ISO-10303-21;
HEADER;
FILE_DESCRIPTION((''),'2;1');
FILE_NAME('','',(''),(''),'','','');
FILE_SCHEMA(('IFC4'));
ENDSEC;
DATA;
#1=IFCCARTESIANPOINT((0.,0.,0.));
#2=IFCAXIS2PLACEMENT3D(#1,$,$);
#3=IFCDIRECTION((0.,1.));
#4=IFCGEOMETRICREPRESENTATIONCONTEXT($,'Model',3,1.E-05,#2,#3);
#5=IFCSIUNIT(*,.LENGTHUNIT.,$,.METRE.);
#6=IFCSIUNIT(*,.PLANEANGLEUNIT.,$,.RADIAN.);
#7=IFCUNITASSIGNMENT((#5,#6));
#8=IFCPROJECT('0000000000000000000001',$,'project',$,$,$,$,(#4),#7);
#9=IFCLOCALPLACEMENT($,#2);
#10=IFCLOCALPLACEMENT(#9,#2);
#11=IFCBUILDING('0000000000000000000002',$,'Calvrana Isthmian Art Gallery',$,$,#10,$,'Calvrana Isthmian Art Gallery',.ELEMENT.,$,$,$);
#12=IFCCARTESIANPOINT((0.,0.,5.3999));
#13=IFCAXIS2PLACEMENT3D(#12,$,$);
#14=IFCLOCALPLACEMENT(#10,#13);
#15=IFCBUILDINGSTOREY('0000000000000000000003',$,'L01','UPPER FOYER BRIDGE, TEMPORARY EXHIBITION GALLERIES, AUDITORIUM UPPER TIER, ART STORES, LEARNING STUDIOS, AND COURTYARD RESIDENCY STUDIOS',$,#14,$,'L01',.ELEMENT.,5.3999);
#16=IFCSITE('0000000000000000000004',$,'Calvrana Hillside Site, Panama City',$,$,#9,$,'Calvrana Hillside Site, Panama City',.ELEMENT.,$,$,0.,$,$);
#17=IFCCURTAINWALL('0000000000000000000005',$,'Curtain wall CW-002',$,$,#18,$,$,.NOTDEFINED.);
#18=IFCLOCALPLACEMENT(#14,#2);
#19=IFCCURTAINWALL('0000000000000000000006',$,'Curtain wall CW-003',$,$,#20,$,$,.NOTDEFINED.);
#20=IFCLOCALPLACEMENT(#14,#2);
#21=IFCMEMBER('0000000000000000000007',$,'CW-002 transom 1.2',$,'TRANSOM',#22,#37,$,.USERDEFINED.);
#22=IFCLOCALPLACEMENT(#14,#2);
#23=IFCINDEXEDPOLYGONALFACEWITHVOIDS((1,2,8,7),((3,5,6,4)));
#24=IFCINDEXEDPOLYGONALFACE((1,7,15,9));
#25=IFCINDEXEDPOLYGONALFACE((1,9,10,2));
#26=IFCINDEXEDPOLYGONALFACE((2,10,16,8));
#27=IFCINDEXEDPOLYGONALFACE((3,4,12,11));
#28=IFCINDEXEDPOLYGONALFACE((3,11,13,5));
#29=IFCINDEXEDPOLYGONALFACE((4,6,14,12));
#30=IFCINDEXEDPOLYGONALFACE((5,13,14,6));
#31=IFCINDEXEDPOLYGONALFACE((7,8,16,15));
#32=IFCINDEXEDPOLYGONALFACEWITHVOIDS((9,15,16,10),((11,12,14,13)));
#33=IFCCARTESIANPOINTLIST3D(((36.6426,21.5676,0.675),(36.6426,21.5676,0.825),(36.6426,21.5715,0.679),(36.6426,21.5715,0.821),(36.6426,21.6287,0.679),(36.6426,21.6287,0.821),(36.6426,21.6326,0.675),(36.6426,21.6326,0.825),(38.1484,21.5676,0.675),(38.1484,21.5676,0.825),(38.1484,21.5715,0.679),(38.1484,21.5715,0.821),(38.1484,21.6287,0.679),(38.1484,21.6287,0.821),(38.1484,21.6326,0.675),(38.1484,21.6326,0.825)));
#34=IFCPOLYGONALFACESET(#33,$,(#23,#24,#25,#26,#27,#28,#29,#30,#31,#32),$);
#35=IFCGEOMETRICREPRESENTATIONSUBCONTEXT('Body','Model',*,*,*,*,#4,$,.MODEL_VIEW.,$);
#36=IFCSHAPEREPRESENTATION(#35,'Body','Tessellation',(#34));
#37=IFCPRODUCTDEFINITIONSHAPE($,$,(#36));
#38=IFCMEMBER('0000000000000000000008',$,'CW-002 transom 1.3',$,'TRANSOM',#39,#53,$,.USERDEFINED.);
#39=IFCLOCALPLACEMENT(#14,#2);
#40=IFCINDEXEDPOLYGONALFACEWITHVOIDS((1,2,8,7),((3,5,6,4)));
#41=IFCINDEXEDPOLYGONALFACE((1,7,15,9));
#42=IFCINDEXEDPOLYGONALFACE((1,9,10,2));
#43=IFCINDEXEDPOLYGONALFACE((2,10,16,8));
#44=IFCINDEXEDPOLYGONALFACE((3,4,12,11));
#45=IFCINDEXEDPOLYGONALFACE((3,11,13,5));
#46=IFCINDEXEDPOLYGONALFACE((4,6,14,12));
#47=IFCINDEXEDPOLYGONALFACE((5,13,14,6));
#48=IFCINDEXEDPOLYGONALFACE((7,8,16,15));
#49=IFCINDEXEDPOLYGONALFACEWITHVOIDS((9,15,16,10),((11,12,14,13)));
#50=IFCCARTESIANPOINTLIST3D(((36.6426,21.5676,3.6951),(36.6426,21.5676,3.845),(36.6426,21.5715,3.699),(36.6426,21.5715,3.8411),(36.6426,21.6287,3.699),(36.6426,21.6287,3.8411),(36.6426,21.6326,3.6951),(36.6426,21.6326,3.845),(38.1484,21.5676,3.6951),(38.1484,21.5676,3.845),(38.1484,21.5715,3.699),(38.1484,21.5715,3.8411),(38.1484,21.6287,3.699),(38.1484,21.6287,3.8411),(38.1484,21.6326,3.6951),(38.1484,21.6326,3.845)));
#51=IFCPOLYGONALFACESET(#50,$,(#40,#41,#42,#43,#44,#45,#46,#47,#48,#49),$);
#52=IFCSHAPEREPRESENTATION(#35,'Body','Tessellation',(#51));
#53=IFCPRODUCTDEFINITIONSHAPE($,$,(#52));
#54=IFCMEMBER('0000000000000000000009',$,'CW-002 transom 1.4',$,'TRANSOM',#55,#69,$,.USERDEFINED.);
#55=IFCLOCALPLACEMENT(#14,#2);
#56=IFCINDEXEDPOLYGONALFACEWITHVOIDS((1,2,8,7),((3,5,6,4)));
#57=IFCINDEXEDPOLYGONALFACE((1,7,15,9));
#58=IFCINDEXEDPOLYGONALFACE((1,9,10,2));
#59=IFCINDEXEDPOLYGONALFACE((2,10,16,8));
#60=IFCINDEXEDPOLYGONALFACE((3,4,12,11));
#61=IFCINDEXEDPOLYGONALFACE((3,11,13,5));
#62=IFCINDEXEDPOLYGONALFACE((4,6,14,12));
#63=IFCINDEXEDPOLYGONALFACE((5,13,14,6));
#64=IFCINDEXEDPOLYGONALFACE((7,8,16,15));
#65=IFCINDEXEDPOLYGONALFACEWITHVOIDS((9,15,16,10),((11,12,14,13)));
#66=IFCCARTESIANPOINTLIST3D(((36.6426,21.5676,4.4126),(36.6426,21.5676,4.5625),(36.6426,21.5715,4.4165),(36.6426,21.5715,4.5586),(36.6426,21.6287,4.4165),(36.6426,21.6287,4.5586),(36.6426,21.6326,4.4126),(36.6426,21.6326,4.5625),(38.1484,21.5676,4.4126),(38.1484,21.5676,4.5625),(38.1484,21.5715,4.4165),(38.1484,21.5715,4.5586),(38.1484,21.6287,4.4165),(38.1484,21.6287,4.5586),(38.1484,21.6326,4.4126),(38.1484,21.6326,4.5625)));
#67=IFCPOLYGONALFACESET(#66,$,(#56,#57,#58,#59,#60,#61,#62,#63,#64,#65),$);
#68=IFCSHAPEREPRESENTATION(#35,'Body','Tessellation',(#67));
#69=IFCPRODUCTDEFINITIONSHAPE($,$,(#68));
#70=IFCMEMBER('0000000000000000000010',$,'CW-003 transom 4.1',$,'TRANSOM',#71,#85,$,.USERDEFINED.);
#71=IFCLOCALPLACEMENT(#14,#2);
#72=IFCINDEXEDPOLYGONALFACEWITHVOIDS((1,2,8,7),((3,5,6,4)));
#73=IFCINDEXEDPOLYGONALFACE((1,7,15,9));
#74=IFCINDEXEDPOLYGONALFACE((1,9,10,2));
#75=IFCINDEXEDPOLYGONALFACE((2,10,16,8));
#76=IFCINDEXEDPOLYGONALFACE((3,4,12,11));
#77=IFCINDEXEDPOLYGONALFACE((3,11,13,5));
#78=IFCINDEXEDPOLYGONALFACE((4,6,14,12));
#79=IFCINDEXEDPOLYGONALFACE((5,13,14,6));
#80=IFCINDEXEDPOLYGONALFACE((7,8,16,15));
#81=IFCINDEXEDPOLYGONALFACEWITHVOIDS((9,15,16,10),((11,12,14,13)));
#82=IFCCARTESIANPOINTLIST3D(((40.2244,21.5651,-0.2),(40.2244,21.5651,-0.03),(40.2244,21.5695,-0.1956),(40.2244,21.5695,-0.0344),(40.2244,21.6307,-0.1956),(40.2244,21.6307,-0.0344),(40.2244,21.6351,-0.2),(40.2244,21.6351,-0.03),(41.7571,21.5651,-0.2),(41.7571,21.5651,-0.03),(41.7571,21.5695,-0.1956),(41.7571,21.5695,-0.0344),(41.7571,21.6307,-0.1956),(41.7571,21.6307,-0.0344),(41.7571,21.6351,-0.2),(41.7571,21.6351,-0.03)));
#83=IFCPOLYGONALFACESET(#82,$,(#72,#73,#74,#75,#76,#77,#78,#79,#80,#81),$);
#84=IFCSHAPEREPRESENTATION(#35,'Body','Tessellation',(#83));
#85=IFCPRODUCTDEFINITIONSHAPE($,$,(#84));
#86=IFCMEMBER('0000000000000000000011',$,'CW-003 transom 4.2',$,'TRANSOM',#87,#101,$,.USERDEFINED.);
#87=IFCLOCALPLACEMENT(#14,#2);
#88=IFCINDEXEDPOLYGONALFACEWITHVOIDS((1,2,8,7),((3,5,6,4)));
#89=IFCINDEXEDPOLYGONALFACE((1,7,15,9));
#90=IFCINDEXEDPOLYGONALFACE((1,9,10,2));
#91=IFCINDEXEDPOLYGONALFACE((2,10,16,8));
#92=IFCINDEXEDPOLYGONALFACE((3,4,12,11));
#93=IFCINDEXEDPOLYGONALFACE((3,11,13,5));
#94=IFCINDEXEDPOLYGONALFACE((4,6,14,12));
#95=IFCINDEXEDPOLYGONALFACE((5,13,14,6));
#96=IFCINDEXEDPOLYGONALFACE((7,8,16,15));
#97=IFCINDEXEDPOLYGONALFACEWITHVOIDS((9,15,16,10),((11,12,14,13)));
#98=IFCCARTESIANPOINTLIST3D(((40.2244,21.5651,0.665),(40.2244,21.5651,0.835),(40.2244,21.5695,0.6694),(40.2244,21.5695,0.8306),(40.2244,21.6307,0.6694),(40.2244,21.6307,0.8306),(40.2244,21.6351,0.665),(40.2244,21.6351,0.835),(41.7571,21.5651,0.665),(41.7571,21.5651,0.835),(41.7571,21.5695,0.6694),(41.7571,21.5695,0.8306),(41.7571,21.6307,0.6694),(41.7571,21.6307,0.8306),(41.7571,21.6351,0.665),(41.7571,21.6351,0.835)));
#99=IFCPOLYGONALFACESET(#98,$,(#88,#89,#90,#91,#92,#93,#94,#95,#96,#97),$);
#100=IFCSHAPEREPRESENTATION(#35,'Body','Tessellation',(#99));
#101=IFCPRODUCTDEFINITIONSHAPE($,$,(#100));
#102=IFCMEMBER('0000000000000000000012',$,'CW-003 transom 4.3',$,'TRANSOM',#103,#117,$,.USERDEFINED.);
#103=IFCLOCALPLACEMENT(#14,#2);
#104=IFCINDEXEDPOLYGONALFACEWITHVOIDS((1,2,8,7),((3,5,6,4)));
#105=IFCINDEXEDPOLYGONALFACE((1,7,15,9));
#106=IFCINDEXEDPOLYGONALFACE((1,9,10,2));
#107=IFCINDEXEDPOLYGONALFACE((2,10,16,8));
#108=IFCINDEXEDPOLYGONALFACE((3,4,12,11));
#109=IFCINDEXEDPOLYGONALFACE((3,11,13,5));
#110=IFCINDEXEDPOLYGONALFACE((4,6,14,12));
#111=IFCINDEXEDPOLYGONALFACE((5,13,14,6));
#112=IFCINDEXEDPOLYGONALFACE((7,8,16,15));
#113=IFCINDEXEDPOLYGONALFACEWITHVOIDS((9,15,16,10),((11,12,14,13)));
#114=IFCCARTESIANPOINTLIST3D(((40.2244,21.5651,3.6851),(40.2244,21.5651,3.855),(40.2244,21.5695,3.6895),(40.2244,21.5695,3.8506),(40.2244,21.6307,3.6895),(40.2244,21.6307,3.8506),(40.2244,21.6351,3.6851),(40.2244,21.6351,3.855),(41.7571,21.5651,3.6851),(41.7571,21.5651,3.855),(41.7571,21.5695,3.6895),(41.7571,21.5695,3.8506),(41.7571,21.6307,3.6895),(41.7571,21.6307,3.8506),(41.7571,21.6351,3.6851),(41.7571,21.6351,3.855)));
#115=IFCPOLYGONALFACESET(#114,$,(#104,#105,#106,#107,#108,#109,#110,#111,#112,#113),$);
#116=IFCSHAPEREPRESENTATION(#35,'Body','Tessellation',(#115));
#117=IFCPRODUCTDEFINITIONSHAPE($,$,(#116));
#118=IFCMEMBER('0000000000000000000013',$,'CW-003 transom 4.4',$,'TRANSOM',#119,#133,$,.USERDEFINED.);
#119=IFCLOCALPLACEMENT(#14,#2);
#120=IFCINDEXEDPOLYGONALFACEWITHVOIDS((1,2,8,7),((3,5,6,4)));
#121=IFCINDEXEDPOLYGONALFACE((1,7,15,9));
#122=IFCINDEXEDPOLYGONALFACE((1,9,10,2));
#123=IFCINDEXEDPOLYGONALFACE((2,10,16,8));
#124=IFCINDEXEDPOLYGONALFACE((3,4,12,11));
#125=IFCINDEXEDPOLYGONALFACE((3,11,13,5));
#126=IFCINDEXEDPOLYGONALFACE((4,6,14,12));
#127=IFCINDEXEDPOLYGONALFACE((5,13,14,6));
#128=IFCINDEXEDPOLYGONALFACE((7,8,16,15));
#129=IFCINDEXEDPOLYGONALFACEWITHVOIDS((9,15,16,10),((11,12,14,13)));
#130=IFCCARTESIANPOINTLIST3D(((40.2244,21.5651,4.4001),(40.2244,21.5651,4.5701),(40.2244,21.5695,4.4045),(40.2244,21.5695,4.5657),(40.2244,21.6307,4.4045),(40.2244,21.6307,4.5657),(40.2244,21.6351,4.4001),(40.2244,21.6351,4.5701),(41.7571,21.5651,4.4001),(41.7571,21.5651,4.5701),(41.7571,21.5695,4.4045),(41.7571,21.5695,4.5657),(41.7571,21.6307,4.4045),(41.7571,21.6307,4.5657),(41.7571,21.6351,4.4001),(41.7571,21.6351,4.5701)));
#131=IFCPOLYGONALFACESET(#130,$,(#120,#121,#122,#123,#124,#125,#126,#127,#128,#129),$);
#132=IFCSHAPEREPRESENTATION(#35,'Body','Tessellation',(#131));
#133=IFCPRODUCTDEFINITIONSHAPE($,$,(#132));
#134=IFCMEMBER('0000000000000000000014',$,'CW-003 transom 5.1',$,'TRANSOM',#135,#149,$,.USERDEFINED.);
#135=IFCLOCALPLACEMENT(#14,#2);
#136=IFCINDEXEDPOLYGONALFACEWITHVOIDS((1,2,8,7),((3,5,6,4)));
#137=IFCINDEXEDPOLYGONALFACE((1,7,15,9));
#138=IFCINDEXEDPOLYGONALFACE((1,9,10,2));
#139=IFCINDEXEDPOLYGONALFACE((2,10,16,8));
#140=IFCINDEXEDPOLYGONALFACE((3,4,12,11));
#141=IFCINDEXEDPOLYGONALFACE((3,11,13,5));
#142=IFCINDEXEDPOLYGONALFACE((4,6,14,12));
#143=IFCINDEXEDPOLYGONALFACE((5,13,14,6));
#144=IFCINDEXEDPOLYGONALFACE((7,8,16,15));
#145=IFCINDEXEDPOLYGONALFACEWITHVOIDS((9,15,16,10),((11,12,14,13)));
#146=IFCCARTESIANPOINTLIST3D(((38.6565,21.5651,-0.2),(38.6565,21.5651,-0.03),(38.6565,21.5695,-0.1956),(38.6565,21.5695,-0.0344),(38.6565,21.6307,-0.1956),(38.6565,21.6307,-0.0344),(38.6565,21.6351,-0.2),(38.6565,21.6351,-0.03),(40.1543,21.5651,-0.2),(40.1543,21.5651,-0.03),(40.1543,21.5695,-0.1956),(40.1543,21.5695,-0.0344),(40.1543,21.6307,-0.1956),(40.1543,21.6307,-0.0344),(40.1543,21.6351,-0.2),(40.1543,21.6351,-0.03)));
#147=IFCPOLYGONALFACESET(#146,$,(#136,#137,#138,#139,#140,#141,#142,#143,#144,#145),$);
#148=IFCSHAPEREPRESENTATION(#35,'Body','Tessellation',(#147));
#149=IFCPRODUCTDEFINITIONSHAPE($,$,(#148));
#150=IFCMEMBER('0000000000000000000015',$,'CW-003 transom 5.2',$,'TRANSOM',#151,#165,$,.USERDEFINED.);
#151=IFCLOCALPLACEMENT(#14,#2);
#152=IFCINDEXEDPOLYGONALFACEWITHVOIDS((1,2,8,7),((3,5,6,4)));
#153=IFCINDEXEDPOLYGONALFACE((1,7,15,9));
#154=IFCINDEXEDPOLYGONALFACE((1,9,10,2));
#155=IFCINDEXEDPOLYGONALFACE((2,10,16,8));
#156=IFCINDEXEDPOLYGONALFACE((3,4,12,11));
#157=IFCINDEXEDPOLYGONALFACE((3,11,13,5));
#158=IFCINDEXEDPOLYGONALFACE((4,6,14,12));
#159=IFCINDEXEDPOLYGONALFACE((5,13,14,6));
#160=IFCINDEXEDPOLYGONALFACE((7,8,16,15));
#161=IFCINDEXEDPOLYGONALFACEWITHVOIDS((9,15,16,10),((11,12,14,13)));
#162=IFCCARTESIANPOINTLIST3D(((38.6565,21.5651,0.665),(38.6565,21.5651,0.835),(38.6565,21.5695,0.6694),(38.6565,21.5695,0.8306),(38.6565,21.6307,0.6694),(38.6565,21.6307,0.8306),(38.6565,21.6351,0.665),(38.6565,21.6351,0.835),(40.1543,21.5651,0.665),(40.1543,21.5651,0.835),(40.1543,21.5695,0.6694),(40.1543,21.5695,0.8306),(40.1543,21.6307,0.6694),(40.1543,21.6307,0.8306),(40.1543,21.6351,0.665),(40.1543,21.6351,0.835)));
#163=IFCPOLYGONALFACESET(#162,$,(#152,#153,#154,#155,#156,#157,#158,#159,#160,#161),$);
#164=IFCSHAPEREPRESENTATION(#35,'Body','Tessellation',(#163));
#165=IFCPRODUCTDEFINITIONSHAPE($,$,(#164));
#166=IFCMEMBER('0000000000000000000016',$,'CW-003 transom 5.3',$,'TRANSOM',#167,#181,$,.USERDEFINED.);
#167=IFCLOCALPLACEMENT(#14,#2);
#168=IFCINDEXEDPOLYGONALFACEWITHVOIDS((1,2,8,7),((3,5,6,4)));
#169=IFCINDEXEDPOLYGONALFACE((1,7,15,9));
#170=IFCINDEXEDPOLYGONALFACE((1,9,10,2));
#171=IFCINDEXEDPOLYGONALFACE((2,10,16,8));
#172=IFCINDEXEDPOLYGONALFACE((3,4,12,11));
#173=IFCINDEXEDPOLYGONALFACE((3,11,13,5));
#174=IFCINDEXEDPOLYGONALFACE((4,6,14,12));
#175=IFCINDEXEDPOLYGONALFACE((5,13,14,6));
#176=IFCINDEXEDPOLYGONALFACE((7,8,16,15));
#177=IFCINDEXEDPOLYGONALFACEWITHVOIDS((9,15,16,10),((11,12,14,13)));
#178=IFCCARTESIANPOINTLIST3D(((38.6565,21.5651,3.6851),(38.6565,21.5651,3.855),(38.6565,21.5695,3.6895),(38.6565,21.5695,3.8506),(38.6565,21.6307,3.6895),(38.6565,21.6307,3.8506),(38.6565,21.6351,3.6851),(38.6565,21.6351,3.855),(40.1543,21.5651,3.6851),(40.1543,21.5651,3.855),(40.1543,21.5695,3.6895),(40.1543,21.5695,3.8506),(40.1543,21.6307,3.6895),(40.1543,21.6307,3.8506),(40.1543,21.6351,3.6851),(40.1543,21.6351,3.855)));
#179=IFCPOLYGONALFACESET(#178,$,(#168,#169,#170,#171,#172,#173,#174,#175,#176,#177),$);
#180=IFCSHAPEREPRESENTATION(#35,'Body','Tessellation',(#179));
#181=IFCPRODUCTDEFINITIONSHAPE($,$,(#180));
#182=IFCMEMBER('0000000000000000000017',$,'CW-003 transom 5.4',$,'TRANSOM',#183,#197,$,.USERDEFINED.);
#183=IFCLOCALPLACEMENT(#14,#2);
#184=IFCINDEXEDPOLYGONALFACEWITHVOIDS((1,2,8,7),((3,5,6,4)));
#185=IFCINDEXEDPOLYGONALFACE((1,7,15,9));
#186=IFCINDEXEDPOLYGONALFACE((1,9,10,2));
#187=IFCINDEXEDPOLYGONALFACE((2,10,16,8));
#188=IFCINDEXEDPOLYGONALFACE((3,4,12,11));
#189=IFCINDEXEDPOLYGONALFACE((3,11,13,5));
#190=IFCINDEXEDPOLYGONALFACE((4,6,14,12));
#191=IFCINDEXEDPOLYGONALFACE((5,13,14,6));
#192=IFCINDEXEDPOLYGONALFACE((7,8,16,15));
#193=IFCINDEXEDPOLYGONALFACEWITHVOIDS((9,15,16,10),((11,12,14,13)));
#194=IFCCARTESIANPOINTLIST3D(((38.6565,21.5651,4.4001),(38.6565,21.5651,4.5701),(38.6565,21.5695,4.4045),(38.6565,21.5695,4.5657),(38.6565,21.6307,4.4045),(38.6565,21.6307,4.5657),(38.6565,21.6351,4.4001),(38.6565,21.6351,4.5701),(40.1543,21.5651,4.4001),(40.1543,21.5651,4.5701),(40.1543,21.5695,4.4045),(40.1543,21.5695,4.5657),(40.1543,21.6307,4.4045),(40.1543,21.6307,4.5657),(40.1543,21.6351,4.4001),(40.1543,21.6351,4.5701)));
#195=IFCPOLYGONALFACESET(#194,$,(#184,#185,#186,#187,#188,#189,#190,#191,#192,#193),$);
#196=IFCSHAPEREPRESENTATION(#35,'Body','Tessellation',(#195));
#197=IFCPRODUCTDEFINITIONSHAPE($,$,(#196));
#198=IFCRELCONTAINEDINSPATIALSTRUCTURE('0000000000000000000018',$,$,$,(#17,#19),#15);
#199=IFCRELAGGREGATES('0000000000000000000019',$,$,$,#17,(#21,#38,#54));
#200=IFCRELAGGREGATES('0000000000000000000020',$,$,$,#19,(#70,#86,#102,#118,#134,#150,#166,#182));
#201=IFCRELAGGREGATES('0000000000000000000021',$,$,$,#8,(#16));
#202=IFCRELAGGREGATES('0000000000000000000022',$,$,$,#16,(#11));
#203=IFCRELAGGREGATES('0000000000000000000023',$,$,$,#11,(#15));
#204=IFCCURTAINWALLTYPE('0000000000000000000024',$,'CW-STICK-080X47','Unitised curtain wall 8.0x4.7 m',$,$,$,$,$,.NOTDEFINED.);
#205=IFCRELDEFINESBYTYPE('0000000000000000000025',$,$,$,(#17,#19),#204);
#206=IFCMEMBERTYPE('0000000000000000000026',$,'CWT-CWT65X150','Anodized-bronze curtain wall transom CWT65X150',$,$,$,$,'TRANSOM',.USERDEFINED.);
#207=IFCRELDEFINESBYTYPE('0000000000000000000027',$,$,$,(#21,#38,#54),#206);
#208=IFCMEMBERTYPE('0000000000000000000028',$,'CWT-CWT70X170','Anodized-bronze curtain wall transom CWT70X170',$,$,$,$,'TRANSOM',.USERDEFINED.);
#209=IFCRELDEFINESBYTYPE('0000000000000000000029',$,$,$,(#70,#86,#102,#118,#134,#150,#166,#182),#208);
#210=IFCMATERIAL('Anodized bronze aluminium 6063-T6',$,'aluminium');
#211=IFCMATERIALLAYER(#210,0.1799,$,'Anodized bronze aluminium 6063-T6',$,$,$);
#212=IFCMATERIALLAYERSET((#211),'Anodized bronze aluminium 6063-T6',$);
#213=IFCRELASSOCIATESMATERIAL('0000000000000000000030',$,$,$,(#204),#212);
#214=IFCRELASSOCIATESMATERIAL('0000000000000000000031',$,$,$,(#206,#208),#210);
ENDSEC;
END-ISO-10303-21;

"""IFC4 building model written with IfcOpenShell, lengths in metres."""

from ifc_helpers import new_model, si_unit, direction, frame, origin, origin_2d, place, context, subcontext, project, spatial, hollow_rectangle, extrude, material, layer, layer_set, material_profile, profile_set, type_object, element, aggregate, save


model = new_model("IFC4")

# Units and contexts
model_context = context("Model", 3, precision=1e-05, world=origin(), true_north=direction((0.0, 1.0)))
body_context = subcontext(model_context, "Body", "Model", "MODEL_VIEW")
ifc_project = project(units=[si_unit("LENGTHUNIT", "METRE"), si_unit("PLANEANGLEUNIT", "RADIAN")], contexts=[model_context])

# Site, building, storey
site_placement = place(None, origin())
site = spatial("IfcSite", under=ifc_project, at=site_placement, Name="Calvrana Hillside Site, Panama City", LongName="Calvrana Hillside Site, Panama City", CompositionType="ELEMENT", RefElevation=0.0)
building_placement = place(site_placement, origin())
building = spatial("IfcBuilding", under=site, at=building_placement, Name="Calvrana Isthmian Art Gallery", LongName="Calvrana Isthmian Art Gallery", CompositionType="ELEMENT")
storey_placement = place(building_placement, frame((0.0, 0.0, 5.3999)))
storey = spatial("IfcBuildingStorey", under=building, at=storey_placement, Name="L01", Description="UPPER FOYER BRIDGE, TEMPORARY EXHIBITION GALLERIES, AUDITORIUM UPPER TIER, ART STORES, LEARNING STUDIOS, AND COURTYARD RESIDENCY STUDIOS", LongName="L01", CompositionType="ELEMENT", Elevation=5.3999)

# Curtain wall
ifc_material_1 = material(Name="Anodized bronze aluminium 6063-T6", Category="aluminium")
ifc_layer_1 = layer(ifc_material_1, 0.1799, Name="Anodized bronze aluminium 6063-T6")
ifc_layer_set_1 = layer_set([ifc_layer_1], Name="Anodized bronze aluminium 6063-T6")
curtain_wall_type = type_object("IfcCurtainWallType", Name="CW-STICK-080X47", Description="Unitised curtain wall 8.0x4.7 m", PredefinedType="NOTDEFINED", material=ifc_layer_set_1)
curtain_wall_1_placement = place(storey_placement, origin())
curtain_wall_1 = element("IfcCurtainWall", 1, at=curtain_wall_1_placement, inside=storey, type_object=curtain_wall_type, Name="Curtain wall CW-002", PredefinedType="NOTDEFINED")

# Curtain wall
curtain_wall_2_placement = place(storey_placement, origin())
curtain_wall_2 = element("IfcCurtainWall", 2, at=curtain_wall_2_placement, inside=storey, type_object=curtain_wall_type, Name="Curtain wall CW-003", PredefinedType="NOTDEFINED")

# Members
ifc_material_profile_1 = material_profile(ifc_material_1, hollow_rectangle(XDim=0.0649, YDim=0.1499, WallThickness=0.0039, at=origin_2d()), Name="CWT65X150")
ifc_profile_set_1 = profile_set([ifc_material_profile_1], Name="Anodized bronze aluminium 6063-T6")
member_type_1 = type_object("IfcMemberType", Name="CWT-CWT65X150", Description="Anodized-bronze curtain wall transom CWT65X150", ElementType="TRANSOM", PredefinedType="USERDEFINED", material=ifc_profile_set_1)
member_1_placement = place(storey_placement, frame((38.1484, 21.6001, 0.75), z_axis=(-1.0, 0.0, 0.0), x_axis=(0.0, -1.0, 0.0)))
member_1 = element("IfcMember", 3, at=member_1_placement, type_object=member_type_1, Name="CW-002 transom 1.2", ObjectType="TRANSOM", PredefinedType="USERDEFINED", context=body_context, shape_type="SweptSolid", body=[
    extrude(hollow_rectangle(XDim=0.0649, YDim=0.1499, WallThickness=0.0039, at=origin_2d()), origin(), (0.0, 0.0, 1.0), 1.5059),
])
member_2_placement = place(storey_placement, frame((38.1484, 21.6001, 3.77), z_axis=(-1.0, 0.0, 0.0), x_axis=(0.0, -1.0, 0.0)))
member_2 = element("IfcMember", 4, at=member_2_placement, type_object=member_type_1, Name="CW-002 transom 1.3", ObjectType="TRANSOM", PredefinedType="USERDEFINED", context=body_context, shape_type="SweptSolid", body=[
    extrude(hollow_rectangle(XDim=0.0649, YDim=0.1499, WallThickness=0.0039, at=origin_2d()), origin(), (0.0, 0.0, 1.0), 1.5059),
])
member_3_placement = place(storey_placement, frame((38.1484, 21.6001, 4.4875), z_axis=(-1.0, 0.0, 0.0), x_axis=(0.0, -1.0, 0.0)))
member_3 = element("IfcMember", 5, at=member_3_placement, type_object=member_type_1, Name="CW-002 transom 1.4", ObjectType="TRANSOM", PredefinedType="USERDEFINED", context=body_context, shape_type="SweptSolid", body=[
    extrude(hollow_rectangle(XDim=0.0649, YDim=0.1499, WallThickness=0.0039, at=origin_2d()), origin(), (0.0, 0.0, 1.0), 1.5059),
])
ifc_material_profile_2 = material_profile(ifc_material_1, hollow_rectangle(XDim=0.0701, YDim=0.1699, WallThickness=0.0044, at=origin_2d()), Name="CWT70X170")
ifc_profile_set_2 = profile_set([ifc_material_profile_2], Name="Anodized bronze aluminium 6063-T6")
member_type_2 = type_object("IfcMemberType", Name="CWT-CWT70X170", Description="Anodized-bronze curtain wall transom CWT70X170", ElementType="TRANSOM", PredefinedType="USERDEFINED", material=ifc_profile_set_2)
member_4_placement = place(storey_placement, frame((41.7571, 21.6001, -0.115), z_axis=(-1.0, 0.0, 0.0), x_axis=(0.0, -1.0, 0.0)))
member_4 = element("IfcMember", 6, at=member_4_placement, type_object=member_type_2, Name="CW-003 transom 4.1", ObjectType="TRANSOM", PredefinedType="USERDEFINED", context=body_context, shape_type="SweptSolid", body=[
    extrude(hollow_rectangle(XDim=0.0701, YDim=0.1699, WallThickness=0.0044, at=origin_2d()), origin(), (0.0, 0.0, 1.0), 1.5327),
])
member_5_placement = place(storey_placement, frame((41.7571, 21.6001, 0.75), z_axis=(-1.0, 0.0, 0.0), x_axis=(0.0, -1.0, 0.0)))
member_5 = element("IfcMember", 7, at=member_5_placement, type_object=member_type_2, Name="CW-003 transom 4.2", ObjectType="TRANSOM", PredefinedType="USERDEFINED", context=body_context, shape_type="SweptSolid", body=[
    extrude(hollow_rectangle(XDim=0.0701, YDim=0.1699, WallThickness=0.0044, at=origin_2d()), origin(), (0.0, 0.0, 1.0), 1.5327),
])
member_6_placement = place(storey_placement, frame((41.7571, 21.6001, 3.77), z_axis=(-1.0, 0.0, 0.0), x_axis=(0.0, -1.0, 0.0)))
member_6 = element("IfcMember", 8, at=member_6_placement, type_object=member_type_2, Name="CW-003 transom 4.3", ObjectType="TRANSOM", PredefinedType="USERDEFINED", context=body_context, shape_type="SweptSolid", body=[
    extrude(hollow_rectangle(XDim=0.0701, YDim=0.1699, WallThickness=0.0044, at=origin_2d()), origin(), (0.0, 0.0, 1.0), 1.5327),
])
member_7_placement = place(storey_placement, frame((41.7571, 21.6001, 4.4851), z_axis=(-1.0, 0.0, 0.0), x_axis=(0.0, -1.0, 0.0)))
member_7 = element("IfcMember", 9, at=member_7_placement, type_object=member_type_2, Name="CW-003 transom 4.4", ObjectType="TRANSOM", PredefinedType="USERDEFINED", context=body_context, shape_type="SweptSolid", body=[
    extrude(hollow_rectangle(XDim=0.0701, YDim=0.1699, WallThickness=0.0044, at=origin_2d()), origin(), (0.0, 0.0, 1.0), 1.5327),
])
member_8_placement = place(storey_placement, frame((40.1543, 21.6001, -0.115), z_axis=(-1.0, 0.0, 0.0), x_axis=(0.0, -1.0, 0.0)))
member_8 = element("IfcMember", 10, at=member_8_placement, type_object=member_type_2, Name="CW-003 transom 5.1", ObjectType="TRANSOM", PredefinedType="USERDEFINED", context=body_context, shape_type="SweptSolid", body=[
    extrude(hollow_rectangle(XDim=0.0701, YDim=0.1699, WallThickness=0.0044, at=origin_2d()), origin(), (0.0, 0.0, 1.0), 1.4978),
])
member_9_placement = place(storey_placement, frame((40.1543, 21.6001, 0.75), z_axis=(-1.0, 0.0, 0.0), x_axis=(0.0, -1.0, 0.0)))
member_9 = element("IfcMember", 11, at=member_9_placement, type_object=member_type_2, Name="CW-003 transom 5.2", ObjectType="TRANSOM", PredefinedType="USERDEFINED", context=body_context, shape_type="SweptSolid", body=[
    extrude(hollow_rectangle(XDim=0.0701, YDim=0.1699, WallThickness=0.0044, at=origin_2d()), origin(), (0.0, 0.0, 1.0), 1.4978),
])
member_10_placement = place(storey_placement, frame((40.1543, 21.6001, 3.77), z_axis=(-1.0, 0.0, 0.0), x_axis=(0.0, -1.0, 0.0)))
member_10 = element("IfcMember", 12, at=member_10_placement, type_object=member_type_2, Name="CW-003 transom 5.3", ObjectType="TRANSOM", PredefinedType="USERDEFINED", context=body_context, shape_type="SweptSolid", body=[
    extrude(hollow_rectangle(XDim=0.0701, YDim=0.1699, WallThickness=0.0044, at=origin_2d()), origin(), (0.0, 0.0, 1.0), 1.4978),
])
member_11_placement = place(storey_placement, frame((40.1543, 21.6001, 4.4851), z_axis=(-1.0, 0.0, 0.0), x_axis=(0.0, -1.0, 0.0)))
member_11 = element("IfcMember", 13, at=member_11_placement, type_object=member_type_2, Name="CW-003 transom 5.4", ObjectType="TRANSOM", PredefinedType="USERDEFINED", context=body_context, shape_type="SweptSolid", body=[
    extrude(hollow_rectangle(XDim=0.0701, YDim=0.1699, WallThickness=0.0044, at=origin_2d()), origin(), (0.0, 0.0, 1.0), 1.4978),
])

aggregate(curtain_wall_1, [member_1, member_2, member_3])
aggregate(curtain_wall_2, [member_4, member_5, member_6, member_7, member_8, member_9, member_10, member_11])

save(model, "model.ifc")
